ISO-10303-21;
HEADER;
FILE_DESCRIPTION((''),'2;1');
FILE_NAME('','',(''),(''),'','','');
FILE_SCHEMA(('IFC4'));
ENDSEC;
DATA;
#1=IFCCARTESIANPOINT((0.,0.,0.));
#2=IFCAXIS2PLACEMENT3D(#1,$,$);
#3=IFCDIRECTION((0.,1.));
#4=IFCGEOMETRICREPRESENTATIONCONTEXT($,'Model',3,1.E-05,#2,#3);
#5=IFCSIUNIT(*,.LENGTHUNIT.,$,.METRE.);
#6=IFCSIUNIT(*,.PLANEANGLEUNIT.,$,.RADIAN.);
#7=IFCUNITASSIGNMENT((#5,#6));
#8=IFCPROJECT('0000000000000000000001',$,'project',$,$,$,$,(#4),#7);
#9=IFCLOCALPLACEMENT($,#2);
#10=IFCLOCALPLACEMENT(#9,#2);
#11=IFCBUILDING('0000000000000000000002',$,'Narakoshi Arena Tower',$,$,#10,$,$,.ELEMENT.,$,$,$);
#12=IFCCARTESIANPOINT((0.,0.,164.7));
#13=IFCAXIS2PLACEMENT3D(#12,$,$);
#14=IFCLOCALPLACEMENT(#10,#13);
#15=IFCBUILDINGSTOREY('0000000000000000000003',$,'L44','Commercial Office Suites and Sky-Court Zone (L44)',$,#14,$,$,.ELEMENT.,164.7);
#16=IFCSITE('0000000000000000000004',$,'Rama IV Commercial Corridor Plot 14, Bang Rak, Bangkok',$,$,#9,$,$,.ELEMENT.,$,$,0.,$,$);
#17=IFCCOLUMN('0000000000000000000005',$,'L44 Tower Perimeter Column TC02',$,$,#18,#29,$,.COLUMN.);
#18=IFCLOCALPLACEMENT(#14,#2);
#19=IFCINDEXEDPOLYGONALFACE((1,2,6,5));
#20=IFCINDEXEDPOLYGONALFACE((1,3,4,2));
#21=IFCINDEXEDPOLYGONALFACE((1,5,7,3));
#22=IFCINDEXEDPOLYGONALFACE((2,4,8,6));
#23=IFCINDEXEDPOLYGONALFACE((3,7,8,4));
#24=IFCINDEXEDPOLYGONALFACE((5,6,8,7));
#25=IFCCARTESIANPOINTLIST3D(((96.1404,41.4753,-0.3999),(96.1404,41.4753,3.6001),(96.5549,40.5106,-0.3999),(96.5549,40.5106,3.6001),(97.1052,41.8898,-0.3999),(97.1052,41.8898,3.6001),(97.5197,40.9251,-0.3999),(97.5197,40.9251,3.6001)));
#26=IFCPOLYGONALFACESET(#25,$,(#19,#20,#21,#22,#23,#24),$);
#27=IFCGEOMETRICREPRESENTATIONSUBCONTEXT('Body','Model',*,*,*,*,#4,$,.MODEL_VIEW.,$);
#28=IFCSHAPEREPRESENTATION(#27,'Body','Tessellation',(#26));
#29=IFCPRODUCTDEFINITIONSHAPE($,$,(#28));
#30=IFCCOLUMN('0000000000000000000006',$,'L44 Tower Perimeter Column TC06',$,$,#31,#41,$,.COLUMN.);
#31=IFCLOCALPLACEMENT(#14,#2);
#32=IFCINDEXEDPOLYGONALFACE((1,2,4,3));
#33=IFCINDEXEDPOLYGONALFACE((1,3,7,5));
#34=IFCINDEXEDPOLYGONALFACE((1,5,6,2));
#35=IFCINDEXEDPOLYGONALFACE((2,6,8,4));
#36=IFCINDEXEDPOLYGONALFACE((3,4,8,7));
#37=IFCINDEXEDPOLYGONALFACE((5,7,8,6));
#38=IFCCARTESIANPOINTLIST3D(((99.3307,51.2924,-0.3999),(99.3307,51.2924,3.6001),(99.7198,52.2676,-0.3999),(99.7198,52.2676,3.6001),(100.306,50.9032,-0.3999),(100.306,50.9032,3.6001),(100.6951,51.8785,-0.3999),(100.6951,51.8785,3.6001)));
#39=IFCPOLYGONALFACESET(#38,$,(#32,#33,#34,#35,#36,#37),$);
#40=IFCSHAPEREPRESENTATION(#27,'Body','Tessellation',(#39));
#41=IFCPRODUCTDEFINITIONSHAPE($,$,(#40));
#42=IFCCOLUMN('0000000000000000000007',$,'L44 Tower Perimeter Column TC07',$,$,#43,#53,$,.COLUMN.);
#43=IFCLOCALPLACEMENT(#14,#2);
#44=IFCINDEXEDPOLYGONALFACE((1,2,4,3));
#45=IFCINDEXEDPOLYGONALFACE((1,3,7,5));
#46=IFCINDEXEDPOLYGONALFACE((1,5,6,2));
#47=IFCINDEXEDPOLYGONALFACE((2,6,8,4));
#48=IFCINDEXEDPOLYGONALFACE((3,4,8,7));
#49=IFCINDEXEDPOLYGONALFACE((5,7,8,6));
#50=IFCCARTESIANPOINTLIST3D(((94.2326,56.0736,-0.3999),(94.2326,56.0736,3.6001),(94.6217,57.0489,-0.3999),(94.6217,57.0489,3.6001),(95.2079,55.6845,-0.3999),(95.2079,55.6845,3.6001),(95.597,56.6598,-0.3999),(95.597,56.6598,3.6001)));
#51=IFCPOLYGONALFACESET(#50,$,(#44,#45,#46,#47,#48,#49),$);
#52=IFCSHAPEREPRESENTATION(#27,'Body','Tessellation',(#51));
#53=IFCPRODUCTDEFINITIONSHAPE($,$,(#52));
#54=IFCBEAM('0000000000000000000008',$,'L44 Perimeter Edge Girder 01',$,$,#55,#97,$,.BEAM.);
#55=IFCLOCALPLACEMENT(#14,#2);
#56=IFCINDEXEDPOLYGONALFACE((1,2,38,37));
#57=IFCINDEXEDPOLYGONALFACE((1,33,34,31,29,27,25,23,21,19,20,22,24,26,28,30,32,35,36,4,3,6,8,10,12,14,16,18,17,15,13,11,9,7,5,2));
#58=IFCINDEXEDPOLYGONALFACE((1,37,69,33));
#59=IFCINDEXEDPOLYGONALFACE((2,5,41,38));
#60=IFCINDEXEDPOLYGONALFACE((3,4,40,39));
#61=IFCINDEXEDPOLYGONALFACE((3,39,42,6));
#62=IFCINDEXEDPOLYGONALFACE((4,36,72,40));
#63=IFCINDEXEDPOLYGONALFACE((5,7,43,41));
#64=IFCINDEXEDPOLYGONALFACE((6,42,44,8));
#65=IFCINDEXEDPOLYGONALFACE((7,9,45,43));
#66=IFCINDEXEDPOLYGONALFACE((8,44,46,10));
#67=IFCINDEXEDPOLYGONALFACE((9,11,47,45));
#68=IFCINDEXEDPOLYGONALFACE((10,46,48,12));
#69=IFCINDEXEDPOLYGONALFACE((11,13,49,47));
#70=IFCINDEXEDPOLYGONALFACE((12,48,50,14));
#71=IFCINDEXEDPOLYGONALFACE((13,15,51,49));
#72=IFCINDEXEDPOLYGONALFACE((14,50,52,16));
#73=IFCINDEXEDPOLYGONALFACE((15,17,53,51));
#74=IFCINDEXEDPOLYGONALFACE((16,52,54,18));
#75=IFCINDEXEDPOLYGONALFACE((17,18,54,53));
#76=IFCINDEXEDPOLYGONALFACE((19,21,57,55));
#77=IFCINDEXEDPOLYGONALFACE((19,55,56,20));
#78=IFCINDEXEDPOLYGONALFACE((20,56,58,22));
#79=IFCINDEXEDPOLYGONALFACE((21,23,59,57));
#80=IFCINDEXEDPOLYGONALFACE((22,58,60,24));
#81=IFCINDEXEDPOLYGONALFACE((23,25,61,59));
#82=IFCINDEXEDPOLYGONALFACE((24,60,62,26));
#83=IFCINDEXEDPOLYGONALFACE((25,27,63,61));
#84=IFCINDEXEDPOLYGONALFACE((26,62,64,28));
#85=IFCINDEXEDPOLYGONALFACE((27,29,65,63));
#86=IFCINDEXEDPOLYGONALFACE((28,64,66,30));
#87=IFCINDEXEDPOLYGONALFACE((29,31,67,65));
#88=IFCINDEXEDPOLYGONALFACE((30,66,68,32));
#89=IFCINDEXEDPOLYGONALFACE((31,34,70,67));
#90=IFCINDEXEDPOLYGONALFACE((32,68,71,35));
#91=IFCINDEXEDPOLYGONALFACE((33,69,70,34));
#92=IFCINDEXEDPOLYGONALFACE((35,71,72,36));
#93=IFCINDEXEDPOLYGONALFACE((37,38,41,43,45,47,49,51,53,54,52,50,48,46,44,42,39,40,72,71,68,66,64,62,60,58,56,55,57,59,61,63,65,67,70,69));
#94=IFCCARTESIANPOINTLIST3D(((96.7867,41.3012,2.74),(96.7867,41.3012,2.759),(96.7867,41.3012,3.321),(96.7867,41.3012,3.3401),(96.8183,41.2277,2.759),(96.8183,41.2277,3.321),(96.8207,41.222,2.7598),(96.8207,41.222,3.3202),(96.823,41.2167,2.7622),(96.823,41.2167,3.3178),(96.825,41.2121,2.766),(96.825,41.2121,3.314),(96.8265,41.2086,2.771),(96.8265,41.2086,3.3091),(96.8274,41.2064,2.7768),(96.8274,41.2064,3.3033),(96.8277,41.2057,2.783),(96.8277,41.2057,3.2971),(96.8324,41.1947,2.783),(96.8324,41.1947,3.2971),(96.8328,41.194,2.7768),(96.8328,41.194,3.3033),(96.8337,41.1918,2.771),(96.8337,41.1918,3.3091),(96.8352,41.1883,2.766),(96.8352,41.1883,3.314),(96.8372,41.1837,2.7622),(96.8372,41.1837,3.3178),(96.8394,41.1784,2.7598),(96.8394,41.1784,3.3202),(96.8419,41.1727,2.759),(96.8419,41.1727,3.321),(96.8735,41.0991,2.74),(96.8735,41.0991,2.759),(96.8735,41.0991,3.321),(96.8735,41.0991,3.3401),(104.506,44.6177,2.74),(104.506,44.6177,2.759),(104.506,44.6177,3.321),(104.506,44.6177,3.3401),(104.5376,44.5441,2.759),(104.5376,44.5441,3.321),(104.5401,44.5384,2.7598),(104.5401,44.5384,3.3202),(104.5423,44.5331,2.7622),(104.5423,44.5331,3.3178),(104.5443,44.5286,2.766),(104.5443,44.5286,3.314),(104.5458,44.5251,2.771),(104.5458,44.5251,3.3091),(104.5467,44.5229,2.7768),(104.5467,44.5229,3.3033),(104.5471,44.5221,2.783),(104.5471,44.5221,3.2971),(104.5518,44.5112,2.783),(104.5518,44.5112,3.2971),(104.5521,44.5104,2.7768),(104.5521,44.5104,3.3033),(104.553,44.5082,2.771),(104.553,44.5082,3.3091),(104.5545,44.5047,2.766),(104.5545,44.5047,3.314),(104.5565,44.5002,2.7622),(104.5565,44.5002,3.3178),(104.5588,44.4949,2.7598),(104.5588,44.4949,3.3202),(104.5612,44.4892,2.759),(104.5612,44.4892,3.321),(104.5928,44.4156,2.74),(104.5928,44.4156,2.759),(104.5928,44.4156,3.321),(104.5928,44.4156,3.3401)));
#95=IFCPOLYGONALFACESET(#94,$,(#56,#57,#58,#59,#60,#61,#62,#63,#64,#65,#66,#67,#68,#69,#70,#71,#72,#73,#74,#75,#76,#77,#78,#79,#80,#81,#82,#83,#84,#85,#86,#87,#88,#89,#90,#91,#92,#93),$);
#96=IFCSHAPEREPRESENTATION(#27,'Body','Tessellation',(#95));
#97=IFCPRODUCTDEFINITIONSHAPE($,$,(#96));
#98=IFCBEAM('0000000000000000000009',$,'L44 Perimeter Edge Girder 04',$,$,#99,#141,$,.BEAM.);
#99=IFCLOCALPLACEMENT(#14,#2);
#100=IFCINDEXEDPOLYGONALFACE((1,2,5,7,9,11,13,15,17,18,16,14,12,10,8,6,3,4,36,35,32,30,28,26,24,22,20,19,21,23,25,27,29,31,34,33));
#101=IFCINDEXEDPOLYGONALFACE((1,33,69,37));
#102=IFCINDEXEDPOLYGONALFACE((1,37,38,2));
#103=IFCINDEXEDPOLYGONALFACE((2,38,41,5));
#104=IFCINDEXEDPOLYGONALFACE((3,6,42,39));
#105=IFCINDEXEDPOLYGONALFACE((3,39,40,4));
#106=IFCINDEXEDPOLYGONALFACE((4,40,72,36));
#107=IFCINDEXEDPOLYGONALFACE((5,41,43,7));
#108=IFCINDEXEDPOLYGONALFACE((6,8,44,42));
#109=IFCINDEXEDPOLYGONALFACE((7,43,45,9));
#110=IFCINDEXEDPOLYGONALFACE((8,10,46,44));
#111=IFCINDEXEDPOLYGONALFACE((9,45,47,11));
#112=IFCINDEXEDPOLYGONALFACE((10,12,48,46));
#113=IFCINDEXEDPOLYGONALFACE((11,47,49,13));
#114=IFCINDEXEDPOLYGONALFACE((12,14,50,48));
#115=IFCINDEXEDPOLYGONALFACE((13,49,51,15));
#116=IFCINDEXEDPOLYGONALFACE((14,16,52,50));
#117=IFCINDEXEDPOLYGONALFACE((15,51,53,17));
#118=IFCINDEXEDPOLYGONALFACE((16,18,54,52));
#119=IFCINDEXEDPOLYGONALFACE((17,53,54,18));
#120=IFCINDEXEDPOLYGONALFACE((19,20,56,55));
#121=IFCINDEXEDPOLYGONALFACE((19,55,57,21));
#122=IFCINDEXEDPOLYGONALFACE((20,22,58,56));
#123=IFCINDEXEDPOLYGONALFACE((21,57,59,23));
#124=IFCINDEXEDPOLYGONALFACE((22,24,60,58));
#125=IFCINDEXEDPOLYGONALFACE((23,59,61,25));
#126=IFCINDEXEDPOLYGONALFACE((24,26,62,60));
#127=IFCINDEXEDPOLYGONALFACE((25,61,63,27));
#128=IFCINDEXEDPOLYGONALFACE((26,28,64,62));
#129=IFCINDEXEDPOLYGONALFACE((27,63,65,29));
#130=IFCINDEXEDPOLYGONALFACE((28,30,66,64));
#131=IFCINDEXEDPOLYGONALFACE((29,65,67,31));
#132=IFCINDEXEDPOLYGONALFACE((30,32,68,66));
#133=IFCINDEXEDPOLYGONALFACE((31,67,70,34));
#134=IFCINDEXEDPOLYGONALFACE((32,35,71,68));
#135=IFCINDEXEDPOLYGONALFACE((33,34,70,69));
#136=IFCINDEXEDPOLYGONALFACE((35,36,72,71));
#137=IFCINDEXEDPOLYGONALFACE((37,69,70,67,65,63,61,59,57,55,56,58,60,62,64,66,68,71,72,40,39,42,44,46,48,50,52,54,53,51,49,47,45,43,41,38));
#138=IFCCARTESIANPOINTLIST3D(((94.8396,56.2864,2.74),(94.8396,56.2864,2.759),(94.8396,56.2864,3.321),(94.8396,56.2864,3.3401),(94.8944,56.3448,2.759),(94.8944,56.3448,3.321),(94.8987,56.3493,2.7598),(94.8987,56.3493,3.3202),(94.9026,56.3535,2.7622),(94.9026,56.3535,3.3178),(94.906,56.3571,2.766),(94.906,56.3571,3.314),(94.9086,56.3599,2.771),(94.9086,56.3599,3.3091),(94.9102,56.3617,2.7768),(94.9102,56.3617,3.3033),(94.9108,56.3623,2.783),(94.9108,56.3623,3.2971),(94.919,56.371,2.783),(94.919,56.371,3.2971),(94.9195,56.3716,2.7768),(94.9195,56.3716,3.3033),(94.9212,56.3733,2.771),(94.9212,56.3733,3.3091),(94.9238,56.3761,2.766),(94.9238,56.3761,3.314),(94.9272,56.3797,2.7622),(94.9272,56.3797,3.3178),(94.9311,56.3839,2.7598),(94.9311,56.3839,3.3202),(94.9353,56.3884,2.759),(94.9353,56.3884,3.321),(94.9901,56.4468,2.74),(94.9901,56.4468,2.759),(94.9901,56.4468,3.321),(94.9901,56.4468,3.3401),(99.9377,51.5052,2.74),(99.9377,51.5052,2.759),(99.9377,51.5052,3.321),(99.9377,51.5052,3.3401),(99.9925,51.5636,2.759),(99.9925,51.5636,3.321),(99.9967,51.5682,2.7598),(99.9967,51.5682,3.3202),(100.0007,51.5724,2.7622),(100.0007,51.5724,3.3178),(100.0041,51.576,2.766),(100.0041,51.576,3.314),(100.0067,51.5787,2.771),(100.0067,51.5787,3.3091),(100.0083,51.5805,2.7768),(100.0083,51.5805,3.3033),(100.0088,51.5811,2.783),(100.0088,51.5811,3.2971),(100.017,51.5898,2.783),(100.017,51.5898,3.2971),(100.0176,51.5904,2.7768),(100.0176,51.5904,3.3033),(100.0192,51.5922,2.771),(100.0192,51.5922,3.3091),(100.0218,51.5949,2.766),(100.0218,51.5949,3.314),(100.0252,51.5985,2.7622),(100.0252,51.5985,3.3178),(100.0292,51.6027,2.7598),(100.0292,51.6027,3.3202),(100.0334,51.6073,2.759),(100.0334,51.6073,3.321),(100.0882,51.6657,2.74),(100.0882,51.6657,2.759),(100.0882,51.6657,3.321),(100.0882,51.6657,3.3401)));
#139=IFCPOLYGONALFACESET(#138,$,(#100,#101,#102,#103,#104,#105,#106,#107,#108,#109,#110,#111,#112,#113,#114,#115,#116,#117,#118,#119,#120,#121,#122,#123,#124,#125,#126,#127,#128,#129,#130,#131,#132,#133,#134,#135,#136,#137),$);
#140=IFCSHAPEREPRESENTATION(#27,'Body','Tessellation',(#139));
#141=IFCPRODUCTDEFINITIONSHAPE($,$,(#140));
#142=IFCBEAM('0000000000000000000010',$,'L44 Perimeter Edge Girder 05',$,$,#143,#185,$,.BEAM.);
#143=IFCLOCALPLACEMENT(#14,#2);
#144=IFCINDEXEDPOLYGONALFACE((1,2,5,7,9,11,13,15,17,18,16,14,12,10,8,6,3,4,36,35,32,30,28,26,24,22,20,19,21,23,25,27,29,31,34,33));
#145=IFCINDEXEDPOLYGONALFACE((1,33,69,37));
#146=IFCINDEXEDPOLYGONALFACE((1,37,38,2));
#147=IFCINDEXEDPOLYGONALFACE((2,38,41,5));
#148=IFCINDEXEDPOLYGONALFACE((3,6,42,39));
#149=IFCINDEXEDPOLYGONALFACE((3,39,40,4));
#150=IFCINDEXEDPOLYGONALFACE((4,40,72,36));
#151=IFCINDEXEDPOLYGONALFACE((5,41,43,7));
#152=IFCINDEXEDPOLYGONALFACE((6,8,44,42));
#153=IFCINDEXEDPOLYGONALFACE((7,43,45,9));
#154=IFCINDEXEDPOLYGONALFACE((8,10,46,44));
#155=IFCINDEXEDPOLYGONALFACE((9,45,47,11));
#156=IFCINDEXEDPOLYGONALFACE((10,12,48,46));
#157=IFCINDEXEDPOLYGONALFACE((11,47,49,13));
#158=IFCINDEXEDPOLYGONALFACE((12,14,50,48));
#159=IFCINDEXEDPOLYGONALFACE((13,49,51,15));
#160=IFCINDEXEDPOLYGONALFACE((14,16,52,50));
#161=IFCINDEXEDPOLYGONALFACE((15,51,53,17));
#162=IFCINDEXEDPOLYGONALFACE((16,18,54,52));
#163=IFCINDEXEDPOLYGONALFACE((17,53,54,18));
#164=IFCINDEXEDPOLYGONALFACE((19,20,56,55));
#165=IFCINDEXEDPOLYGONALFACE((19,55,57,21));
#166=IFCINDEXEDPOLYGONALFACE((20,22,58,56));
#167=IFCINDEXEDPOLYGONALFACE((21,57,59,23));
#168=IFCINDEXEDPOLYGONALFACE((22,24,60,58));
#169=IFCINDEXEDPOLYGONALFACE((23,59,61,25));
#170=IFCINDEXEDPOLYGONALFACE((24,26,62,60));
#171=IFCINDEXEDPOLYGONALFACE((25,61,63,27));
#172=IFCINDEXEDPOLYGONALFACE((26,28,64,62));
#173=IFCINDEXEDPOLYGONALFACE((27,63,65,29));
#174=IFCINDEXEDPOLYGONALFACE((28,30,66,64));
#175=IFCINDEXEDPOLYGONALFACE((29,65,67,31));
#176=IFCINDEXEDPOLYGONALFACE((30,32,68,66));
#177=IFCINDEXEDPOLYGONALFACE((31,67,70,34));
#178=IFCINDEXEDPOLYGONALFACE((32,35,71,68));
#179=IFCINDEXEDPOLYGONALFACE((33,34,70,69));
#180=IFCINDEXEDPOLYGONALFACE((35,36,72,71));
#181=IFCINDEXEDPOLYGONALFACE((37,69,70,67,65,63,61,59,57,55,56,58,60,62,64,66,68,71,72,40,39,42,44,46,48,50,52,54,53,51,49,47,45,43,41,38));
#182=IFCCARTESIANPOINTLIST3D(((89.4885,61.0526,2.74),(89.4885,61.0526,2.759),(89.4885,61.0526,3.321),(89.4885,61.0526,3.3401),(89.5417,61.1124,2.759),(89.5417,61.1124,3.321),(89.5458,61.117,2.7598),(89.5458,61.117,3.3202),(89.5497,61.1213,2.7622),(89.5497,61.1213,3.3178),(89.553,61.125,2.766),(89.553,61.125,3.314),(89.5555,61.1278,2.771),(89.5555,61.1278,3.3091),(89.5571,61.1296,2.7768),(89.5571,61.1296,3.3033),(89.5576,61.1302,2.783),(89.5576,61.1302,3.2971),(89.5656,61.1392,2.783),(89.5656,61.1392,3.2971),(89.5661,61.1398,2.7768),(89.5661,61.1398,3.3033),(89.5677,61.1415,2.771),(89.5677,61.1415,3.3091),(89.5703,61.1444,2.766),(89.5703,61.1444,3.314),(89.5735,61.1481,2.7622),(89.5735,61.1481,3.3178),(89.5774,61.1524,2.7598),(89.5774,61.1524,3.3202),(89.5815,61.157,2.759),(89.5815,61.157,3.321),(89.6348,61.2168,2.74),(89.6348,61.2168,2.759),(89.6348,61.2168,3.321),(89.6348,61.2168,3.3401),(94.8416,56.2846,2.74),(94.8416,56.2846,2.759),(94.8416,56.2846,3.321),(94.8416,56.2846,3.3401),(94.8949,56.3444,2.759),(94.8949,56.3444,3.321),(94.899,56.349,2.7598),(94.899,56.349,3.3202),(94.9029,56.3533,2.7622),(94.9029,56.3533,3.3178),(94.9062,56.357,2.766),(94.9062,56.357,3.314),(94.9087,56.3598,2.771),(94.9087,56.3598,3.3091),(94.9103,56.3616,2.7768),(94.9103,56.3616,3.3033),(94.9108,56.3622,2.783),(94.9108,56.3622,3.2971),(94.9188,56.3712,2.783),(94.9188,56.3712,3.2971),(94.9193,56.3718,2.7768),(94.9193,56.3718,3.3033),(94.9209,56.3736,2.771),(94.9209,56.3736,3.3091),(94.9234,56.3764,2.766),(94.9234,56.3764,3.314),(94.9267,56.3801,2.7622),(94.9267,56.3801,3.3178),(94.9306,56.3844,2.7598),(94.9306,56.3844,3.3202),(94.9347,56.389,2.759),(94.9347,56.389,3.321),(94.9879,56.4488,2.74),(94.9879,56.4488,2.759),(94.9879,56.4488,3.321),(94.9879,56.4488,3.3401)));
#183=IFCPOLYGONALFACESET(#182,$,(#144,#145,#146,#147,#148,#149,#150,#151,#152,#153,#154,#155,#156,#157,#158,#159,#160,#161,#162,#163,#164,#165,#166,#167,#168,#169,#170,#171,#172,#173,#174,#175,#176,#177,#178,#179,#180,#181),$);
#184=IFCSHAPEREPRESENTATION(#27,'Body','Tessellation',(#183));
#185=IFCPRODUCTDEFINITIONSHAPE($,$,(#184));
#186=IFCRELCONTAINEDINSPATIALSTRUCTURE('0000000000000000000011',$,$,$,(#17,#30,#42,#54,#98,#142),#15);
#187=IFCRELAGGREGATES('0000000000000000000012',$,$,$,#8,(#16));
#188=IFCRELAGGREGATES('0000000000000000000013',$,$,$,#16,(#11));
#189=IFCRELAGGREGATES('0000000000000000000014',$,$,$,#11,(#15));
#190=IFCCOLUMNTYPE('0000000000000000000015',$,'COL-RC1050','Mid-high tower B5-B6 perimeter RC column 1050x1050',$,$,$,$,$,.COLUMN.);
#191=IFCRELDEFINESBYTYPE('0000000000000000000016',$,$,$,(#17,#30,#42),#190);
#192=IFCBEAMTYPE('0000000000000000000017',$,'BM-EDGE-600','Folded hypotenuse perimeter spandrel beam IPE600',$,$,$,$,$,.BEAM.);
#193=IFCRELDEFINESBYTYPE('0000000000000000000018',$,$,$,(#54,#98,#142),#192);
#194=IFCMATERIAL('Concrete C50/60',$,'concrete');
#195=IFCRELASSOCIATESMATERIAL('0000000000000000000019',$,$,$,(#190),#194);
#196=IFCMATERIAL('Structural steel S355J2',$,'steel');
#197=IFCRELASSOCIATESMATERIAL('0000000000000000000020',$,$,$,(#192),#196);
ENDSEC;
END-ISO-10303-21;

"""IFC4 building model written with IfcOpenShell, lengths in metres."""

from ifc_helpers import new_model, si_unit, direction, frame, origin, origin_2d, place, context, subcontext, project, spatial, rectangle, i_section, extrude, material, material_profile, profile_set, type_object, element, save


model = new_model("IFC4")

# Units and contexts
model_context = context("Model", 3, precision=1e-05, world=origin(), true_north=direction((0.0, 1.0)))
body_context = subcontext(model_context, "Body", "Model", "MODEL_VIEW")
ifc_project = project(units=[si_unit("LENGTHUNIT", "METRE"), si_unit("PLANEANGLEUNIT", "RADIAN")], contexts=[model_context])

# Site, building, storey
site_placement = place(None, origin())
site = spatial("IfcSite", under=ifc_project, at=site_placement, Name="Rama IV Commercial Corridor Plot 14, Bang Rak, Bangkok", CompositionType="ELEMENT", RefElevation=0.0)
building_placement = place(site_placement, origin())
building = spatial("IfcBuilding", under=site, at=building_placement, Name="Narakoshi Arena Tower", CompositionType="ELEMENT")
storey_placement = place(building_placement, frame((0.0, 0.0, 164.7)))
storey = spatial("IfcBuildingStorey", under=building, at=storey_placement, Name="L44", Description="Commercial Office Suites and Sky-Court Zone (L44)", CompositionType="ELEMENT", Elevation=164.7)

# Columns
ifc_material_1 = material(Name="Concrete C50/60", Category="concrete")
ifc_material_profile_1 = material_profile(ifc_material_1, rectangle(XDim=1.05, YDim=1.05, at=origin_2d()), Name="RC1050x1050")
ifc_profile_set_1 = profile_set([ifc_material_profile_1], Name="Concrete C50/60")
column_type = type_object("IfcColumnType", Name="COL-RC1050", Description="Mid-high tower B5-B6 perimeter RC column 1050x1050", PredefinedType="COLUMN", material=ifc_profile_set_1)
for number, where, z_axis, x_axis, name in (
    (1, (96.8301, 41.2002, -0.3999), (0.0, 0.0, 1.0), (0.918791, 0.394744, 0.0), "L44 Tower Perimeter Column TC02"),
    (2, (100.0129, 51.5854, -0.3999), (0.0, 0.0, 1.0), (0.370557, 0.92881, 0.0), "L44 Tower Perimeter Column TC06"),
    (3, (94.9148, 56.3667, -0.3999), (0.0, 0.0, 1.0), (0.370557, 0.92881, 0.0), "L44 Tower Perimeter Column TC07"),
):
    element("IfcColumn", number, at=place(storey_placement, frame(where, z_axis=z_axis, x_axis=x_axis)), inside=storey, type_object=column_type, Name=name, PredefinedType="COLUMN", context=body_context, shape_type="SweptSolid", body=[
        extrude(rectangle(XDim=1.05, YDim=1.05, at=origin_2d()), origin(), (0.0, 0.0, 1.0), 4.0),
    ])

# Beams
ifc_material_2 = material(Name="Structural steel S355J2", Category="steel")
ifc_material_profile_2 = material_profile(ifc_material_2, i_section(OverallWidth=0.22, OverallDepth=0.6001, WebThickness=0.012, FlangeThickness=0.019, FilletRadius=0.0239, at=origin_2d()), Name="IPE600")
ifc_profile_set_2 = profile_set([ifc_material_profile_2], Name="Structural steel S355J2")
beam_type_1 = type_object("IfcBeamType", Name="BM-EDGE-600", Description="Folded hypotenuse perimeter spandrel beam IPE600", PredefinedType="BEAM", material=ifc_profile_set_2)
beam_1_placement = place(storey_placement, frame((96.8301, 41.2002, 3.04), z_axis=(0.918793, 0.39474, 0.0), x_axis=(-0.39474, 0.918793, 0.0)))
element("IfcBeam", 4, at=beam_1_placement, inside=storey, type_object=beam_type_1, Name="L44 Perimeter Edge Girder 01", PredefinedType="BEAM", context=body_context, shape_type="SweptSolid", body=[
    extrude(i_section(OverallWidth=0.22, OverallDepth=0.6001, WebThickness=0.012, FlangeThickness=0.019, FilletRadius=0.0239, at=origin_2d()), origin(), (0.0, 0.0, 1.0), 8.4016),
])
beam_2_placement = place(storey_placement, frame((100.0129, 51.5854, 3.04), z_axis=(-0.729413, 0.684074, 0.0), x_axis=(-0.684074, -0.729413, 0.0)))
element("IfcBeam", 5, at=beam_2_placement, inside=storey, type_object=beam_type_1, Name="L44 Perimeter Edge Girder 04", PredefinedType="BEAM", context=body_context, shape_type="SweptSolid", body=[
    extrude(i_section(OverallWidth=0.22, OverallDepth=0.6001, WebThickness=0.012, FlangeThickness=0.019, FilletRadius=0.0239, at=origin_2d()), origin(), (0.0, 0.0, 1.0), 6.9893),
])
beam_3_placement = place(storey_placement, frame((94.9148, 56.3667, 3.04), z_axis=(-0.746744, 0.665112, 0.0), x_axis=(-0.665112, -0.746744, 0.0)))
element("IfcBeam", 6, at=beam_3_placement, inside=storey, type_object=beam_type_1, Name="L44 Perimeter Edge Girder 05", PredefinedType="BEAM", context=body_context, shape_type="SweptSolid", body=[
    extrude(i_section(OverallWidth=0.22, OverallDepth=0.6001, WebThickness=0.012, FlangeThickness=0.019, FilletRadius=0.0239, at=origin_2d()), origin(), (0.0, 0.0, 1.0), 7.1687),
])

save(model, "model.ifc")
